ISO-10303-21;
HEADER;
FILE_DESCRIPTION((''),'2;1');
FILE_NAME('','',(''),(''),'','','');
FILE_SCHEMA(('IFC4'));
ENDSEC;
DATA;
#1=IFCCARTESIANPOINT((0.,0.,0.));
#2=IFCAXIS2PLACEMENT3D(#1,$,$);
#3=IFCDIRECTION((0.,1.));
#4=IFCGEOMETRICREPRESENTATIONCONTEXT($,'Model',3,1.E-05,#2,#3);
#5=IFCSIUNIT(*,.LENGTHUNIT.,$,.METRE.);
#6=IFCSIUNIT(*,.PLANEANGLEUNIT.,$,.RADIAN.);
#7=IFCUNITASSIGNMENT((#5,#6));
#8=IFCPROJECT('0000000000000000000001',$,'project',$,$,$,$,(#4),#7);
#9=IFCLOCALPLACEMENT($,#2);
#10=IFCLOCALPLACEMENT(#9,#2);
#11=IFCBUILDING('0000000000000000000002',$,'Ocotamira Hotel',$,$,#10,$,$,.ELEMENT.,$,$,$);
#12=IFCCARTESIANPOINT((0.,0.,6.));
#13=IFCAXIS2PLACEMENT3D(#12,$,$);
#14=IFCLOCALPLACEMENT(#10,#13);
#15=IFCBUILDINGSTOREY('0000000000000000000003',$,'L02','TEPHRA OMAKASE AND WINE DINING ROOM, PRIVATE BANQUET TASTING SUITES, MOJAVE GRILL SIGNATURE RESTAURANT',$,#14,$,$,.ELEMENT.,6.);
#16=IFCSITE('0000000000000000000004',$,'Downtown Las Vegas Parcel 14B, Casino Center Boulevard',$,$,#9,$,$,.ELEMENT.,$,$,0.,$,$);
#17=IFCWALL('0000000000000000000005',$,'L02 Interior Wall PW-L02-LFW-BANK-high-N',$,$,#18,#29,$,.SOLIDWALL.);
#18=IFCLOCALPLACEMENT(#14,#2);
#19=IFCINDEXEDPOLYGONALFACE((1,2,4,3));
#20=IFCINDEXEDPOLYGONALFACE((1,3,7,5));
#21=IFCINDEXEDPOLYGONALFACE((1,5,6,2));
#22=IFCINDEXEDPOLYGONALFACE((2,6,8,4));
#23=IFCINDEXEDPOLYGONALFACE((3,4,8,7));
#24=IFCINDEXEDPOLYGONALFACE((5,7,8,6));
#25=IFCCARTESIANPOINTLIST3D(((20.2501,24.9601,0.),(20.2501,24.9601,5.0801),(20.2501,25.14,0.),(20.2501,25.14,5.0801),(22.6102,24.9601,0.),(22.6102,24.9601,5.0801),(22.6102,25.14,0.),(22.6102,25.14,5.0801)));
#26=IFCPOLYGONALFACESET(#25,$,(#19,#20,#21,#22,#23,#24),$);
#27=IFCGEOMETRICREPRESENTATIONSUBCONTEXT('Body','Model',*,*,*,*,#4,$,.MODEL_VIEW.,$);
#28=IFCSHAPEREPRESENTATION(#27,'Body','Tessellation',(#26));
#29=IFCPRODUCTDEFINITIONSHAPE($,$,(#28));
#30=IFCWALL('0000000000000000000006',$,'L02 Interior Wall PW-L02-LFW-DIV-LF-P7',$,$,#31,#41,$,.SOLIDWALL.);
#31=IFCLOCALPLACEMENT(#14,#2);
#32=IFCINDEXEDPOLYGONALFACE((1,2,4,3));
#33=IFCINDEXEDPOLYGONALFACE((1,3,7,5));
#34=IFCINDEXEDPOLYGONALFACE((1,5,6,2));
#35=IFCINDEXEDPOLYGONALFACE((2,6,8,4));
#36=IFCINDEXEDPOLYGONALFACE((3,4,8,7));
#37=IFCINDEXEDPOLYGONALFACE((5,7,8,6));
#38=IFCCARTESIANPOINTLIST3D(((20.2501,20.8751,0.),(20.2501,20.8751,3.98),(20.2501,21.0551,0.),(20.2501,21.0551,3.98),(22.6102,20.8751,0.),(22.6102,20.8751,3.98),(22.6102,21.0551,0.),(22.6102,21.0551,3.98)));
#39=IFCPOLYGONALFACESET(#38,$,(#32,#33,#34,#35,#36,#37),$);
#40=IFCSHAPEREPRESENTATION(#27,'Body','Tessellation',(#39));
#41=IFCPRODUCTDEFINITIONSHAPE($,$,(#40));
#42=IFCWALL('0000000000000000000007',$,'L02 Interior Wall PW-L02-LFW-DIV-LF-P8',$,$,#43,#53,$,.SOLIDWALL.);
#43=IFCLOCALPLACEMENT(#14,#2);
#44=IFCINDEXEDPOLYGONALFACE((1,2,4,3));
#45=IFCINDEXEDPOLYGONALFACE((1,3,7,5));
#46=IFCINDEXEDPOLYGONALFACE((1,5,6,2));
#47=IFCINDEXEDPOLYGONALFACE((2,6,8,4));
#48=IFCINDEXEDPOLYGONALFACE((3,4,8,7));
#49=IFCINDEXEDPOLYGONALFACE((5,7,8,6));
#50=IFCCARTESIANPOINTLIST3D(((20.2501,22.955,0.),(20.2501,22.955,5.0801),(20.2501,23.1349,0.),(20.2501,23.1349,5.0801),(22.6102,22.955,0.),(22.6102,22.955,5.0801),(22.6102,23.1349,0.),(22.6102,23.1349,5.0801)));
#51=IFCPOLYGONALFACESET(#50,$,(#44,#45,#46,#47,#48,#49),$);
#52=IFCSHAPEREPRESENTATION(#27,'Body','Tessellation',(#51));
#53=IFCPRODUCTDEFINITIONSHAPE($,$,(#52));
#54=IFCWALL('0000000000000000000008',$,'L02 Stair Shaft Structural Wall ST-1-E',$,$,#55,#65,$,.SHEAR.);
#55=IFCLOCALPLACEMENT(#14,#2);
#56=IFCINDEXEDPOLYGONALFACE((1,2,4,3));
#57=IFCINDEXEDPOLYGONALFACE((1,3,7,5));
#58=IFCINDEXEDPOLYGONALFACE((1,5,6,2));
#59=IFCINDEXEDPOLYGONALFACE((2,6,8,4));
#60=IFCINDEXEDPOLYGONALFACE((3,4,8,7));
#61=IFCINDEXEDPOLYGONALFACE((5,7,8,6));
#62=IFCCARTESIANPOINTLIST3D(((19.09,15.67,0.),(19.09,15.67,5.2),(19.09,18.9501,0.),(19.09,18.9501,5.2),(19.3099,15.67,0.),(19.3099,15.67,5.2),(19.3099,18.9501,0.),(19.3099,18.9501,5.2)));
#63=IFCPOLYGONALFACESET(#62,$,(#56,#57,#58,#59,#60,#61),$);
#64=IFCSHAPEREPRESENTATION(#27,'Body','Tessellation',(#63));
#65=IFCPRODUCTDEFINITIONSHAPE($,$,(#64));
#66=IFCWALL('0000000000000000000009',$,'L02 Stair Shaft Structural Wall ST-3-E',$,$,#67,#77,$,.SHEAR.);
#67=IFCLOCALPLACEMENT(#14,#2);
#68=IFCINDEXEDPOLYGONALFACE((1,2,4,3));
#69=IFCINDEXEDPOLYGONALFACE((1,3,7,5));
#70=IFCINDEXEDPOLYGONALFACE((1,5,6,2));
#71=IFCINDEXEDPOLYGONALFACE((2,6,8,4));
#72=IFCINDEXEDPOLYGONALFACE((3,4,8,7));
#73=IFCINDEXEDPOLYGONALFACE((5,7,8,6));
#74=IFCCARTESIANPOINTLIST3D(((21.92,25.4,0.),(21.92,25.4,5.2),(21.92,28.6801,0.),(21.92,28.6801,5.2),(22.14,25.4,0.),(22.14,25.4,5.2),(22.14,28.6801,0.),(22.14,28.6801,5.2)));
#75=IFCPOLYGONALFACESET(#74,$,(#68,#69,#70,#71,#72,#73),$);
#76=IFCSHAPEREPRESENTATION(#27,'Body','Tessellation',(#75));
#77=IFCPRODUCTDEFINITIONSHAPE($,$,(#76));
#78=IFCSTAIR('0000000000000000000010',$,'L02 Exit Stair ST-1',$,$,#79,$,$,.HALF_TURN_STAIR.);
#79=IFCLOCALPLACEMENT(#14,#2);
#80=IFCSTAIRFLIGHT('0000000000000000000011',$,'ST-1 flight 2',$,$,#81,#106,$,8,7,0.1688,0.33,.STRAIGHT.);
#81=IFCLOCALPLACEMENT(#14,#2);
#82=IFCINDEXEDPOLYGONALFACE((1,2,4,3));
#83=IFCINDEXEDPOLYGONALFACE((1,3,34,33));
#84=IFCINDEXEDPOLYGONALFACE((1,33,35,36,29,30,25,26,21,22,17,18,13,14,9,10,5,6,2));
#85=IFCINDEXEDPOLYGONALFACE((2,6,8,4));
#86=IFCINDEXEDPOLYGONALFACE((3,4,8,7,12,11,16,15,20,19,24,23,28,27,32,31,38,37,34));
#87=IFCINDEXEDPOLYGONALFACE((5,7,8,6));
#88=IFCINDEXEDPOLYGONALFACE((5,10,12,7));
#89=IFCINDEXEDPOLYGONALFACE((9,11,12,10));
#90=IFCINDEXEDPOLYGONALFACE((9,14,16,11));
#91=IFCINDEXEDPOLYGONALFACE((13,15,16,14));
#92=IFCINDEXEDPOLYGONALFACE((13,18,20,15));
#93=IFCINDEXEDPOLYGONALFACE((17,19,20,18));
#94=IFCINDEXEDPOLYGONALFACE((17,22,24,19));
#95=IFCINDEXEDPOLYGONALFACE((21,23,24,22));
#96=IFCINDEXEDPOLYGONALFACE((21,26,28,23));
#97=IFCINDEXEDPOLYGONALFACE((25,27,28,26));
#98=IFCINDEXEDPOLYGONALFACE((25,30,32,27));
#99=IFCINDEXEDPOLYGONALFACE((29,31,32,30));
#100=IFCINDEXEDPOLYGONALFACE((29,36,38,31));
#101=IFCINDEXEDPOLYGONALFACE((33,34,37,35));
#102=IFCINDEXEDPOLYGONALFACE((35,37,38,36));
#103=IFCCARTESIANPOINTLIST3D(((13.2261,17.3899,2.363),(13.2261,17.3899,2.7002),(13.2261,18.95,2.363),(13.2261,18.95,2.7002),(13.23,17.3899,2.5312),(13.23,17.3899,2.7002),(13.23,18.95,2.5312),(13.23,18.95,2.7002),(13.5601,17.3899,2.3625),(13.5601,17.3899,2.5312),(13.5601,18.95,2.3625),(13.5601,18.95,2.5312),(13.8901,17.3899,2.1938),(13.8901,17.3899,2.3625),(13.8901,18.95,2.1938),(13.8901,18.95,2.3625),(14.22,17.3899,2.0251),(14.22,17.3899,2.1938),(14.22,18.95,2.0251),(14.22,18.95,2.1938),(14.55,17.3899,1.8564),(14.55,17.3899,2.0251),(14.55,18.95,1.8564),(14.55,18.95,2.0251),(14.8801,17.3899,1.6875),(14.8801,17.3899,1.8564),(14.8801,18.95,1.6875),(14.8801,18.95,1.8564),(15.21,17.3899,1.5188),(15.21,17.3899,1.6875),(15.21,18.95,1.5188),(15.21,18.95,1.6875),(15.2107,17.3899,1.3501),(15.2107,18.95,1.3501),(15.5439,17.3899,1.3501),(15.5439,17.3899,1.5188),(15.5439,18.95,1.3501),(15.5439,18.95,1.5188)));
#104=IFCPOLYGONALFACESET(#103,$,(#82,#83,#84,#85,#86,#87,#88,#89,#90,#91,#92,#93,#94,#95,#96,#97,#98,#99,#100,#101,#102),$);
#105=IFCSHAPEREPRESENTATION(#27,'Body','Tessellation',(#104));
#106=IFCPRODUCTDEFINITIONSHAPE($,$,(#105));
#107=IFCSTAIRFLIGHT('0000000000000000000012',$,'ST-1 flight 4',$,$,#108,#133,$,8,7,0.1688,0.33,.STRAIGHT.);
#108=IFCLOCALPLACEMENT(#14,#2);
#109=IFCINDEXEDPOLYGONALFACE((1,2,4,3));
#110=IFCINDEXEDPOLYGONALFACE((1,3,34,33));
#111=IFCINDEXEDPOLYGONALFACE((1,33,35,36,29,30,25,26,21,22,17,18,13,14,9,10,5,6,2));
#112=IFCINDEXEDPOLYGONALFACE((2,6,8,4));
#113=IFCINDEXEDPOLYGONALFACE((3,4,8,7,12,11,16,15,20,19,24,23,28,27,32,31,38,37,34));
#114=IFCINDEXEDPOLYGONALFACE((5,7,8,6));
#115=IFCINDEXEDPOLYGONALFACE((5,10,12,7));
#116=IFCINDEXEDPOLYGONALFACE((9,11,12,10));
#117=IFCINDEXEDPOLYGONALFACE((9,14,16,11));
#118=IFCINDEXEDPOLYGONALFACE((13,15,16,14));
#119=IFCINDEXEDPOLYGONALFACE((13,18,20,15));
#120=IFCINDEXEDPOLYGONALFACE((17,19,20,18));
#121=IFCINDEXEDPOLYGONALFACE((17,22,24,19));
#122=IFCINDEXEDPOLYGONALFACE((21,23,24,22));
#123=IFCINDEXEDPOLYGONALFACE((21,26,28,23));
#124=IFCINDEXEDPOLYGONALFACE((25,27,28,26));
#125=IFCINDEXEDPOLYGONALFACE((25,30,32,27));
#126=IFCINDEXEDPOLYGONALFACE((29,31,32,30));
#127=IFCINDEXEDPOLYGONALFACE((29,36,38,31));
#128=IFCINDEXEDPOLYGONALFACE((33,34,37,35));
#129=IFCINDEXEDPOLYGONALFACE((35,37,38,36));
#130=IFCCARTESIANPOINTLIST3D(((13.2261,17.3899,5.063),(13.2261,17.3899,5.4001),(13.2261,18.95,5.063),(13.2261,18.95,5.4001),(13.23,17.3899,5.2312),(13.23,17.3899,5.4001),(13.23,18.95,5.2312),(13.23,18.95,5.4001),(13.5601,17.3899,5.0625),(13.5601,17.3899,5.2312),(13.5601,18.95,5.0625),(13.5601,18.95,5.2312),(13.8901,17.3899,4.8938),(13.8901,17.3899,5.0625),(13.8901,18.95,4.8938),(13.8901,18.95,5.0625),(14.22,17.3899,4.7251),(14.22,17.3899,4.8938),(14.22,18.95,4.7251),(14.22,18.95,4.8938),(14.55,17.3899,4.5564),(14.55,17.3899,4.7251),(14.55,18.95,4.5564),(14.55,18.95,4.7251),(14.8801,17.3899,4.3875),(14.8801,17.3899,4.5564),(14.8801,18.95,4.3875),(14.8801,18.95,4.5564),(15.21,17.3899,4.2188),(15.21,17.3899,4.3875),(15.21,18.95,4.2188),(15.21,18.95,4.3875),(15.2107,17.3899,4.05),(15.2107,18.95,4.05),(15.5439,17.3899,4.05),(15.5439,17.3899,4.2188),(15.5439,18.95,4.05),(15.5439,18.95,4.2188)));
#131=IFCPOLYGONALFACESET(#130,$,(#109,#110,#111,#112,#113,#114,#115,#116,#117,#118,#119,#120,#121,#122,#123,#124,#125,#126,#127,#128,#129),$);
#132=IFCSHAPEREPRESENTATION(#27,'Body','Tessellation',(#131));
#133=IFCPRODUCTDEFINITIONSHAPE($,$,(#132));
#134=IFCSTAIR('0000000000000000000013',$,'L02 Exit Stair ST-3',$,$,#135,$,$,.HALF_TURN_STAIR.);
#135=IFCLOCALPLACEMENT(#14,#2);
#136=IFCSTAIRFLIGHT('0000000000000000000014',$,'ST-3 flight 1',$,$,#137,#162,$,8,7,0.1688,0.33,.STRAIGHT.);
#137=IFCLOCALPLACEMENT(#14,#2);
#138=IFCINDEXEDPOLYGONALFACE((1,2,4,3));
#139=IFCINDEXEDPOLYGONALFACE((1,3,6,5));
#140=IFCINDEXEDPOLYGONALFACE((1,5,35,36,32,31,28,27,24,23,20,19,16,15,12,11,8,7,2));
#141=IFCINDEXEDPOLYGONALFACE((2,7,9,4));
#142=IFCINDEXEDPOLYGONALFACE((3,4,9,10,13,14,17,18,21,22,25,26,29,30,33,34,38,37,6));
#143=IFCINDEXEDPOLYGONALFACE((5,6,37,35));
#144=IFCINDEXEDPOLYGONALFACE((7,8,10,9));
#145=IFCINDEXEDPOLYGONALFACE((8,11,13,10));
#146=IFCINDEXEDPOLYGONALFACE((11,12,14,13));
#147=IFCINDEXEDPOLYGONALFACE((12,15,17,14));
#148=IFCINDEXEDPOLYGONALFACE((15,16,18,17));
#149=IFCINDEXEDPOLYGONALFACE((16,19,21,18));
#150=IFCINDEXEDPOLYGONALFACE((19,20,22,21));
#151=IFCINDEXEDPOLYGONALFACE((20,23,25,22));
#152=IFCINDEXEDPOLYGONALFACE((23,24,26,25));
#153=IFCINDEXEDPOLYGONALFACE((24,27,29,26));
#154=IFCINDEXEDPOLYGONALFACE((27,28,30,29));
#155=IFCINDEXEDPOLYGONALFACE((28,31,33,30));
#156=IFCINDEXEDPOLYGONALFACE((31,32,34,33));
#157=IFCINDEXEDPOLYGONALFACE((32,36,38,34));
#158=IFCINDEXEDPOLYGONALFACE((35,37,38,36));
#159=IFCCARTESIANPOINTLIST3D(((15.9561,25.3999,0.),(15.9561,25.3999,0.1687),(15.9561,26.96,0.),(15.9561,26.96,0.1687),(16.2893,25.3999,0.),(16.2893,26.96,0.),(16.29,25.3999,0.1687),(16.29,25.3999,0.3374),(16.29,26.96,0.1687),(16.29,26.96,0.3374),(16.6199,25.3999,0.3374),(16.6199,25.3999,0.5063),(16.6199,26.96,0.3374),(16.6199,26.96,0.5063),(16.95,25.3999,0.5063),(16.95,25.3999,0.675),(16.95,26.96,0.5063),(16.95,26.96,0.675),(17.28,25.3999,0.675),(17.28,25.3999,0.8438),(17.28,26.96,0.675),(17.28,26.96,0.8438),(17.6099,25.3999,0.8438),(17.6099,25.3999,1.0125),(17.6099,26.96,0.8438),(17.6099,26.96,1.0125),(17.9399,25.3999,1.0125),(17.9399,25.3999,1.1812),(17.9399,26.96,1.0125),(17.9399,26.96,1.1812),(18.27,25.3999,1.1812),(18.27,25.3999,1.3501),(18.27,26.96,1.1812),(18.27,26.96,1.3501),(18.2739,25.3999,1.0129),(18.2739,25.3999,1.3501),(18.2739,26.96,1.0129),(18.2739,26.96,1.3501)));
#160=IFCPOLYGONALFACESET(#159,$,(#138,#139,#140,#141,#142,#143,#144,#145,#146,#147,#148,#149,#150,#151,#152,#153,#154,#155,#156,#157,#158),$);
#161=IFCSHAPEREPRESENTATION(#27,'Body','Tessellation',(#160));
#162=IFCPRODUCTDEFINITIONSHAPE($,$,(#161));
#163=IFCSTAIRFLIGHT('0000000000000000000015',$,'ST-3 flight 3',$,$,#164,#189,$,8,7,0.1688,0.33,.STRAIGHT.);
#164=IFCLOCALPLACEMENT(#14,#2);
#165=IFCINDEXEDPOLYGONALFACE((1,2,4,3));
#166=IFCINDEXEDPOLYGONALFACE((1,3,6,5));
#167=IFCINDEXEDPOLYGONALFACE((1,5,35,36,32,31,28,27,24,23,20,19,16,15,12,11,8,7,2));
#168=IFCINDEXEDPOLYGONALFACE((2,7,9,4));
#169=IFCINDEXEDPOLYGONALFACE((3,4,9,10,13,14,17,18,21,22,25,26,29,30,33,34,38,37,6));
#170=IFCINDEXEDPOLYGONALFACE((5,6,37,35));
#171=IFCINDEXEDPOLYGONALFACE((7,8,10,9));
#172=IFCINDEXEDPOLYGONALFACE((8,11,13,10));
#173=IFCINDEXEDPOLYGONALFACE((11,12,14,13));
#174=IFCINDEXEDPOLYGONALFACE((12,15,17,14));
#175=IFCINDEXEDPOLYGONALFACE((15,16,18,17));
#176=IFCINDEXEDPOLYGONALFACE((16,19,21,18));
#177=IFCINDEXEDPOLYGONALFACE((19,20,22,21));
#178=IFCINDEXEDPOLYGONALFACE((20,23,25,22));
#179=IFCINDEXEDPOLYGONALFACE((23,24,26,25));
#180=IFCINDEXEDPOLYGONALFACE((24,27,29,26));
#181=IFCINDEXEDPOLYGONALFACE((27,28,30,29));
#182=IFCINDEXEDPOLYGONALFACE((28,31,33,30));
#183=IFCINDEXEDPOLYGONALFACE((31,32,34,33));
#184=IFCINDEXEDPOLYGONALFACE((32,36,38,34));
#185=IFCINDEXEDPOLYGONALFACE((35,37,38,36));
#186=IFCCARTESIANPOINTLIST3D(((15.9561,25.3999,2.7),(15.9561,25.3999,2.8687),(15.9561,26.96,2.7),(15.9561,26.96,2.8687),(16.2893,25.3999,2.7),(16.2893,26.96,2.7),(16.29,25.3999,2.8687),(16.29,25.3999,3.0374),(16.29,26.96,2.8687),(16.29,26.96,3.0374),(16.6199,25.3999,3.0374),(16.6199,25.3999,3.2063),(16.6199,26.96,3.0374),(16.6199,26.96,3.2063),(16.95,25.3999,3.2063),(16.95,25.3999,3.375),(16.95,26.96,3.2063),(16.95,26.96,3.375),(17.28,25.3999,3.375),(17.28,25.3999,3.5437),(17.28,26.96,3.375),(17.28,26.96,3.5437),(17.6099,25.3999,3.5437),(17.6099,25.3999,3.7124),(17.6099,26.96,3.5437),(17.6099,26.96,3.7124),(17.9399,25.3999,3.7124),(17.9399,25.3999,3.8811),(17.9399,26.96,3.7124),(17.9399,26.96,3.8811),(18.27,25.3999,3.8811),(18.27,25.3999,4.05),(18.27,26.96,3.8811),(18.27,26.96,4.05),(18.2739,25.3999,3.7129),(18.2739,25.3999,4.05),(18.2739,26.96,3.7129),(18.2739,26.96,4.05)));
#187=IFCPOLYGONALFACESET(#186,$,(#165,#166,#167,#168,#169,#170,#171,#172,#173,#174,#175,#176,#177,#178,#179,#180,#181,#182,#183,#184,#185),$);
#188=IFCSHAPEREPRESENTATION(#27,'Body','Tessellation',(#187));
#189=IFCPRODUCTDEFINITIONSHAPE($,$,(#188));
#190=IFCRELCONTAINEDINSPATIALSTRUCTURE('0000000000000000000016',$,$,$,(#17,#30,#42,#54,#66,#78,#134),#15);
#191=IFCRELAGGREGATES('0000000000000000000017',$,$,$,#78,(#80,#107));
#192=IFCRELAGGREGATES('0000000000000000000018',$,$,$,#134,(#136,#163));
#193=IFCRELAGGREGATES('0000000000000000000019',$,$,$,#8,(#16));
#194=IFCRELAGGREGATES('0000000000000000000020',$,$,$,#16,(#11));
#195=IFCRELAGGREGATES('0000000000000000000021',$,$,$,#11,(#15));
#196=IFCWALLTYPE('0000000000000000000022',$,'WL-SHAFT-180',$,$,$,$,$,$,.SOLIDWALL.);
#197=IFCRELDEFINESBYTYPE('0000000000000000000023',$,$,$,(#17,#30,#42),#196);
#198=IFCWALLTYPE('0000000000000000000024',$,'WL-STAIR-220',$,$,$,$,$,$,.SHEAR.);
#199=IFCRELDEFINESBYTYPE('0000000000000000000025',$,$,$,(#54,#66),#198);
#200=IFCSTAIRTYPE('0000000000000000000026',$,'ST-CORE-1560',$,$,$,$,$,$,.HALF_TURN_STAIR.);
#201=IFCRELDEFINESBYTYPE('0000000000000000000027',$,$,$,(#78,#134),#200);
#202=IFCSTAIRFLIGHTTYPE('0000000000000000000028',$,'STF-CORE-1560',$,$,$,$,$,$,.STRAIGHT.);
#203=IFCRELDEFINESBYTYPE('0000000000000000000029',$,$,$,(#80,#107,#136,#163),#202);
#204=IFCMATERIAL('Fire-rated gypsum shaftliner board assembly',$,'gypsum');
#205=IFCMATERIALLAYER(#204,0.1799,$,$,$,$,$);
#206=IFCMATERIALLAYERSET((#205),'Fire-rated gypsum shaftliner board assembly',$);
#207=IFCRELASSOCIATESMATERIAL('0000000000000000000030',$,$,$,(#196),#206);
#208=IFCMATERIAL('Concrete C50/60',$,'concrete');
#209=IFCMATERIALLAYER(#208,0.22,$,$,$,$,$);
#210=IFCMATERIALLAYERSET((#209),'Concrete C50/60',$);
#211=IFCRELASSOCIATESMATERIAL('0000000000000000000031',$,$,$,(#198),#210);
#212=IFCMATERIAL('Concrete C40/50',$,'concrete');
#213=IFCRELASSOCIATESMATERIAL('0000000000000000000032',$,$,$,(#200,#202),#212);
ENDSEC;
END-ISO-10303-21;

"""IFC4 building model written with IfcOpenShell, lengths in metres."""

from ifc_helpers import new_model, si_unit, direction, frame, frame_2d, origin, place, context, subcontext, project, spatial, polyline, rectangle, outline, extrude, source, transform, mapped, material, layer, layer_set, type_object, element, aggregate, save


model = new_model("IFC4")

# Units and contexts
model_context = context("Model", 3, precision=1e-05, world=origin(), true_north=direction((0.0, 1.0)))
body_context = subcontext(model_context, "Body", "Model", "MODEL_VIEW")
ifc_project = project(units=[si_unit("LENGTHUNIT", "METRE"), si_unit("PLANEANGLEUNIT", "RADIAN")], contexts=[model_context])

# Site, building, storey
site_placement = place(None, origin())
site = spatial("IfcSite", under=ifc_project, at=site_placement, Name="Downtown Las Vegas Parcel 14B, Casino Center Boulevard", CompositionType="ELEMENT", RefElevation=0.0)
building_placement = place(site_placement, origin())
building = spatial("IfcBuilding", under=site, at=building_placement, Name="Ocotamira Hotel", CompositionType="ELEMENT")
storey_placement = place(building_placement, frame((0.0, 0.0, 6.0)))
storey = spatial("IfcBuildingStorey", under=building, at=storey_placement, Name="L02", Description="TEPHRA OMAKASE AND WINE DINING ROOM, PRIVATE BANQUET TASTING SUITES, MOJAVE GRILL SIGNATURE RESTAURANT", CompositionType="ELEMENT", Elevation=6.0)

# Walls
ifc_material_1 = material(Name="Fire-rated gypsum shaftliner board assembly", Category="gypsum")
ifc_layer_1 = layer(ifc_material_1, 0.1799)
ifc_layer_set_1 = layer_set([ifc_layer_1], Name="Fire-rated gypsum shaftliner board assembly")
wall_type_1 = type_object("IfcWallType", Name="WL-SHAFT-180", PredefinedType="SOLIDWALL", material=ifc_layer_set_1)
wall_1_placement = place(storey_placement, frame((20.25, 25.05, 0.0), z_axis=(0.0, 0.0, 1.0), x_axis=(1.0, 0.0, 0.0)))
element("IfcWall", 1, at=wall_1_placement, inside=storey, type_object=wall_type_1, Name="L02 Interior Wall PW-L02-LFW-BANK-high-N", PredefinedType="SOLIDWALL", context=body_context, shape_type="SweptSolid", body=[
    extrude(rectangle(XDim=2.3601, YDim=0.1799, at=frame_2d((1.1802, 0.0))), origin(), (0.0, 0.0, 1.0), 5.0801),
])
wall_2_placement = place(storey_placement, frame((20.25, 20.9651, 0.0), z_axis=(0.0, 0.0, 1.0), x_axis=(1.0, 0.0, 0.0)))
element("IfcWall", 2, at=wall_2_placement, inside=storey, type_object=wall_type_1, Name="L02 Interior Wall PW-L02-LFW-DIV-LF-P7", PredefinedType="SOLIDWALL", context=body_context, shape_type="SweptSolid", body=[
    extrude(rectangle(XDim=2.3601, YDim=0.1799, at=frame_2d((1.1802, 0.0))), origin(), (0.0, 0.0, 1.0), 3.98),
])
wall_3_placement = place(storey_placement, frame((20.25, 23.0449, 0.0), z_axis=(0.0, 0.0, 1.0), x_axis=(1.0, 0.0, 0.0)))
element("IfcWall", 3, at=wall_3_placement, inside=storey, type_object=wall_type_1, Name="L02 Interior Wall PW-L02-LFW-DIV-LF-P8", PredefinedType="SOLIDWALL", context=body_context, shape_type="SweptSolid", body=[
    extrude(rectangle(XDim=2.3601, YDim=0.1799, at=frame_2d((1.1802, 0.0))), origin(), (0.0, 0.0, 1.0), 5.0801),
])
ifc_material_2 = material(Name="Concrete C50/60", Category="concrete")
ifc_layer_2 = layer(ifc_material_2, 0.22)
ifc_layer_set_2 = layer_set([ifc_layer_2], Name="Concrete C50/60")
wall_type_2 = type_object("IfcWallType", Name="WL-STAIR-220", PredefinedType="SHEAR", material=ifc_layer_set_2)
for number, where, z_axis, x_axis, name in (
    (4, (19.2, 15.6699, 0.0), (0.0, 0.0, 1.0), (0.0, 1.0, 0.0), "L02 Stair Shaft Structural Wall ST-1-E"),
    (5, (22.03, 25.3999, 0.0), (0.0, 0.0, 1.0), (0.0, 1.0, 0.0), "L02 Stair Shaft Structural Wall ST-3-E"),
):
    element("IfcWall", number, at=place(storey_placement, frame(where, z_axis=z_axis, x_axis=x_axis)), inside=storey, type_object=wall_type_2, Name=name, PredefinedType="SHEAR", context=body_context, shape_type="SweptSolid", body=[
        extrude(rectangle(XDim=3.28, YDim=0.22, at=frame_2d((1.6401, 0.0))), origin(), (0.0, 0.0, 1.0), 5.2),
    ])

# Stairs, stair flights
ifc_material_3 = material(Name="Concrete C40/50", Category="concrete")
stair_type = type_object("IfcStairType", Name="ST-CORE-1560", PredefinedType="HALF_TURN_STAIR", material=ifc_material_3)
stair_1_placement = place(storey_placement, origin())
stair_1 = element("IfcStair", 6, at=stair_1_placement, inside=storey, type_object=stair_type, Name="L02 Exit Stair ST-1", PredefinedType="HALF_TURN_STAIR")
stair_flight_type = type_object("IfcStairFlightType", Name="STF-CORE-1560", PredefinedType="STRAIGHT", material=ifc_material_3)
shared_shape_1 = source(origin(), body_context, "Body", "SweptSolid", [
    extrude(outline(polyline([(-0.0039, 0.0), (-0.0039, 0.1687), (0.3301, 0.1687), (0.3301, 0.3374), (0.6599, 0.3374), (0.6599, 0.5063), (0.99, 0.5063), (0.99, 0.675), (1.3201, 0.675), (1.3201, 0.8438), (1.6499, 0.8438), (1.6499, 1.0125), (1.98, 1.0125), (1.98, 1.1812), (2.3101, 1.1812), (2.3101, 1.3501), (2.314, 1.3501), (2.314, 1.0129), (0.3293, 0.0), (-0.0039, 0.0)])), frame((0.0, 0.78, 0.0), z_axis=(0.0, -1.0, 0.0), x_axis=(1.0, 0.0, 0.0)), (0.0, 0.0, 1.0), 1.5601),
])
stair_flight_1_placement = place(storey_placement, frame((15.54, 18.1699, 1.3501), z_axis=(0.0, 0.0, 1.0), x_axis=(-1.0, 0.0, 0.0)))
stair_flight_1 = element("IfcStairFlight", 7, at=stair_flight_1_placement, type_object=stair_flight_type, Name="ST-1 flight 2", NumberOfRisers=8, NumberOfTreads=7, PredefinedType="STRAIGHT", RiserHeight=0.1688, TreadLength=0.33, context=body_context, shape_type="MappedRepresentation", body=[
    mapped(shared_shape_1, transform((0.0, 0.0, 0.0), scale=1.0)),
])
stair_flight_2_placement = place(storey_placement, frame((15.54, 18.1699, 4.05), z_axis=(0.0, 0.0, 1.0), x_axis=(-1.0, 0.0, 0.0)))
stair_flight_2 = element("IfcStairFlight", 8, at=stair_flight_2_placement, type_object=stair_flight_type, Name="ST-1 flight 4", NumberOfRisers=8, NumberOfTreads=7, PredefinedType="STRAIGHT", RiserHeight=0.1688, TreadLength=0.33, context=body_context, shape_type="MappedRepresentation", body=[
    mapped(shared_shape_1, transform((0.0, 0.0, 0.0), scale=1.0)),
])
aggregate(stair_1, [stair_flight_1, stair_flight_2])
stair_2_placement = place(storey_placement, origin())
stair_2 = element("IfcStair", 9, at=stair_2_placement, inside=storey, type_object=stair_type, Name="L02 Exit Stair ST-3", PredefinedType="HALF_TURN_STAIR")
stair_flight_3_placement = place(storey_placement, frame((15.96, 26.1799, 0.0), z_axis=(0.0, 0.0, 1.0), x_axis=(1.0, 0.0, 0.0)))
stair_flight_3 = element("IfcStairFlight", 10, at=stair_flight_3_placement, type_object=stair_flight_type, Name="ST-3 flight 1", NumberOfRisers=8, NumberOfTreads=7, PredefinedType="STRAIGHT", RiserHeight=0.1688, TreadLength=0.33, context=body_context, shape_type="MappedRepresentation", body=[
    mapped(shared_shape_1, transform((0.0, 0.0, 0.0), scale=1.0)),
])
stair_flight_4_placement = place(storey_placement, frame((15.96, 26.1799, 2.7), z_axis=(0.0, 0.0, 1.0), x_axis=(1.0, 0.0, 0.0)))
stair_flight_4 = element("IfcStairFlight", 11, at=stair_flight_4_placement, type_object=stair_flight_type, Name="ST-3 flight 3", NumberOfRisers=8, NumberOfTreads=7, PredefinedType="STRAIGHT", RiserHeight=0.1688, TreadLength=0.33, context=body_context, shape_type="MappedRepresentation", body=[
    mapped(shared_shape_1, transform((0.0, 0.0, 0.0), scale=1.0)),
])
aggregate(stair_2, [stair_flight_3, stair_flight_4])

save(model, "model.ifc")
